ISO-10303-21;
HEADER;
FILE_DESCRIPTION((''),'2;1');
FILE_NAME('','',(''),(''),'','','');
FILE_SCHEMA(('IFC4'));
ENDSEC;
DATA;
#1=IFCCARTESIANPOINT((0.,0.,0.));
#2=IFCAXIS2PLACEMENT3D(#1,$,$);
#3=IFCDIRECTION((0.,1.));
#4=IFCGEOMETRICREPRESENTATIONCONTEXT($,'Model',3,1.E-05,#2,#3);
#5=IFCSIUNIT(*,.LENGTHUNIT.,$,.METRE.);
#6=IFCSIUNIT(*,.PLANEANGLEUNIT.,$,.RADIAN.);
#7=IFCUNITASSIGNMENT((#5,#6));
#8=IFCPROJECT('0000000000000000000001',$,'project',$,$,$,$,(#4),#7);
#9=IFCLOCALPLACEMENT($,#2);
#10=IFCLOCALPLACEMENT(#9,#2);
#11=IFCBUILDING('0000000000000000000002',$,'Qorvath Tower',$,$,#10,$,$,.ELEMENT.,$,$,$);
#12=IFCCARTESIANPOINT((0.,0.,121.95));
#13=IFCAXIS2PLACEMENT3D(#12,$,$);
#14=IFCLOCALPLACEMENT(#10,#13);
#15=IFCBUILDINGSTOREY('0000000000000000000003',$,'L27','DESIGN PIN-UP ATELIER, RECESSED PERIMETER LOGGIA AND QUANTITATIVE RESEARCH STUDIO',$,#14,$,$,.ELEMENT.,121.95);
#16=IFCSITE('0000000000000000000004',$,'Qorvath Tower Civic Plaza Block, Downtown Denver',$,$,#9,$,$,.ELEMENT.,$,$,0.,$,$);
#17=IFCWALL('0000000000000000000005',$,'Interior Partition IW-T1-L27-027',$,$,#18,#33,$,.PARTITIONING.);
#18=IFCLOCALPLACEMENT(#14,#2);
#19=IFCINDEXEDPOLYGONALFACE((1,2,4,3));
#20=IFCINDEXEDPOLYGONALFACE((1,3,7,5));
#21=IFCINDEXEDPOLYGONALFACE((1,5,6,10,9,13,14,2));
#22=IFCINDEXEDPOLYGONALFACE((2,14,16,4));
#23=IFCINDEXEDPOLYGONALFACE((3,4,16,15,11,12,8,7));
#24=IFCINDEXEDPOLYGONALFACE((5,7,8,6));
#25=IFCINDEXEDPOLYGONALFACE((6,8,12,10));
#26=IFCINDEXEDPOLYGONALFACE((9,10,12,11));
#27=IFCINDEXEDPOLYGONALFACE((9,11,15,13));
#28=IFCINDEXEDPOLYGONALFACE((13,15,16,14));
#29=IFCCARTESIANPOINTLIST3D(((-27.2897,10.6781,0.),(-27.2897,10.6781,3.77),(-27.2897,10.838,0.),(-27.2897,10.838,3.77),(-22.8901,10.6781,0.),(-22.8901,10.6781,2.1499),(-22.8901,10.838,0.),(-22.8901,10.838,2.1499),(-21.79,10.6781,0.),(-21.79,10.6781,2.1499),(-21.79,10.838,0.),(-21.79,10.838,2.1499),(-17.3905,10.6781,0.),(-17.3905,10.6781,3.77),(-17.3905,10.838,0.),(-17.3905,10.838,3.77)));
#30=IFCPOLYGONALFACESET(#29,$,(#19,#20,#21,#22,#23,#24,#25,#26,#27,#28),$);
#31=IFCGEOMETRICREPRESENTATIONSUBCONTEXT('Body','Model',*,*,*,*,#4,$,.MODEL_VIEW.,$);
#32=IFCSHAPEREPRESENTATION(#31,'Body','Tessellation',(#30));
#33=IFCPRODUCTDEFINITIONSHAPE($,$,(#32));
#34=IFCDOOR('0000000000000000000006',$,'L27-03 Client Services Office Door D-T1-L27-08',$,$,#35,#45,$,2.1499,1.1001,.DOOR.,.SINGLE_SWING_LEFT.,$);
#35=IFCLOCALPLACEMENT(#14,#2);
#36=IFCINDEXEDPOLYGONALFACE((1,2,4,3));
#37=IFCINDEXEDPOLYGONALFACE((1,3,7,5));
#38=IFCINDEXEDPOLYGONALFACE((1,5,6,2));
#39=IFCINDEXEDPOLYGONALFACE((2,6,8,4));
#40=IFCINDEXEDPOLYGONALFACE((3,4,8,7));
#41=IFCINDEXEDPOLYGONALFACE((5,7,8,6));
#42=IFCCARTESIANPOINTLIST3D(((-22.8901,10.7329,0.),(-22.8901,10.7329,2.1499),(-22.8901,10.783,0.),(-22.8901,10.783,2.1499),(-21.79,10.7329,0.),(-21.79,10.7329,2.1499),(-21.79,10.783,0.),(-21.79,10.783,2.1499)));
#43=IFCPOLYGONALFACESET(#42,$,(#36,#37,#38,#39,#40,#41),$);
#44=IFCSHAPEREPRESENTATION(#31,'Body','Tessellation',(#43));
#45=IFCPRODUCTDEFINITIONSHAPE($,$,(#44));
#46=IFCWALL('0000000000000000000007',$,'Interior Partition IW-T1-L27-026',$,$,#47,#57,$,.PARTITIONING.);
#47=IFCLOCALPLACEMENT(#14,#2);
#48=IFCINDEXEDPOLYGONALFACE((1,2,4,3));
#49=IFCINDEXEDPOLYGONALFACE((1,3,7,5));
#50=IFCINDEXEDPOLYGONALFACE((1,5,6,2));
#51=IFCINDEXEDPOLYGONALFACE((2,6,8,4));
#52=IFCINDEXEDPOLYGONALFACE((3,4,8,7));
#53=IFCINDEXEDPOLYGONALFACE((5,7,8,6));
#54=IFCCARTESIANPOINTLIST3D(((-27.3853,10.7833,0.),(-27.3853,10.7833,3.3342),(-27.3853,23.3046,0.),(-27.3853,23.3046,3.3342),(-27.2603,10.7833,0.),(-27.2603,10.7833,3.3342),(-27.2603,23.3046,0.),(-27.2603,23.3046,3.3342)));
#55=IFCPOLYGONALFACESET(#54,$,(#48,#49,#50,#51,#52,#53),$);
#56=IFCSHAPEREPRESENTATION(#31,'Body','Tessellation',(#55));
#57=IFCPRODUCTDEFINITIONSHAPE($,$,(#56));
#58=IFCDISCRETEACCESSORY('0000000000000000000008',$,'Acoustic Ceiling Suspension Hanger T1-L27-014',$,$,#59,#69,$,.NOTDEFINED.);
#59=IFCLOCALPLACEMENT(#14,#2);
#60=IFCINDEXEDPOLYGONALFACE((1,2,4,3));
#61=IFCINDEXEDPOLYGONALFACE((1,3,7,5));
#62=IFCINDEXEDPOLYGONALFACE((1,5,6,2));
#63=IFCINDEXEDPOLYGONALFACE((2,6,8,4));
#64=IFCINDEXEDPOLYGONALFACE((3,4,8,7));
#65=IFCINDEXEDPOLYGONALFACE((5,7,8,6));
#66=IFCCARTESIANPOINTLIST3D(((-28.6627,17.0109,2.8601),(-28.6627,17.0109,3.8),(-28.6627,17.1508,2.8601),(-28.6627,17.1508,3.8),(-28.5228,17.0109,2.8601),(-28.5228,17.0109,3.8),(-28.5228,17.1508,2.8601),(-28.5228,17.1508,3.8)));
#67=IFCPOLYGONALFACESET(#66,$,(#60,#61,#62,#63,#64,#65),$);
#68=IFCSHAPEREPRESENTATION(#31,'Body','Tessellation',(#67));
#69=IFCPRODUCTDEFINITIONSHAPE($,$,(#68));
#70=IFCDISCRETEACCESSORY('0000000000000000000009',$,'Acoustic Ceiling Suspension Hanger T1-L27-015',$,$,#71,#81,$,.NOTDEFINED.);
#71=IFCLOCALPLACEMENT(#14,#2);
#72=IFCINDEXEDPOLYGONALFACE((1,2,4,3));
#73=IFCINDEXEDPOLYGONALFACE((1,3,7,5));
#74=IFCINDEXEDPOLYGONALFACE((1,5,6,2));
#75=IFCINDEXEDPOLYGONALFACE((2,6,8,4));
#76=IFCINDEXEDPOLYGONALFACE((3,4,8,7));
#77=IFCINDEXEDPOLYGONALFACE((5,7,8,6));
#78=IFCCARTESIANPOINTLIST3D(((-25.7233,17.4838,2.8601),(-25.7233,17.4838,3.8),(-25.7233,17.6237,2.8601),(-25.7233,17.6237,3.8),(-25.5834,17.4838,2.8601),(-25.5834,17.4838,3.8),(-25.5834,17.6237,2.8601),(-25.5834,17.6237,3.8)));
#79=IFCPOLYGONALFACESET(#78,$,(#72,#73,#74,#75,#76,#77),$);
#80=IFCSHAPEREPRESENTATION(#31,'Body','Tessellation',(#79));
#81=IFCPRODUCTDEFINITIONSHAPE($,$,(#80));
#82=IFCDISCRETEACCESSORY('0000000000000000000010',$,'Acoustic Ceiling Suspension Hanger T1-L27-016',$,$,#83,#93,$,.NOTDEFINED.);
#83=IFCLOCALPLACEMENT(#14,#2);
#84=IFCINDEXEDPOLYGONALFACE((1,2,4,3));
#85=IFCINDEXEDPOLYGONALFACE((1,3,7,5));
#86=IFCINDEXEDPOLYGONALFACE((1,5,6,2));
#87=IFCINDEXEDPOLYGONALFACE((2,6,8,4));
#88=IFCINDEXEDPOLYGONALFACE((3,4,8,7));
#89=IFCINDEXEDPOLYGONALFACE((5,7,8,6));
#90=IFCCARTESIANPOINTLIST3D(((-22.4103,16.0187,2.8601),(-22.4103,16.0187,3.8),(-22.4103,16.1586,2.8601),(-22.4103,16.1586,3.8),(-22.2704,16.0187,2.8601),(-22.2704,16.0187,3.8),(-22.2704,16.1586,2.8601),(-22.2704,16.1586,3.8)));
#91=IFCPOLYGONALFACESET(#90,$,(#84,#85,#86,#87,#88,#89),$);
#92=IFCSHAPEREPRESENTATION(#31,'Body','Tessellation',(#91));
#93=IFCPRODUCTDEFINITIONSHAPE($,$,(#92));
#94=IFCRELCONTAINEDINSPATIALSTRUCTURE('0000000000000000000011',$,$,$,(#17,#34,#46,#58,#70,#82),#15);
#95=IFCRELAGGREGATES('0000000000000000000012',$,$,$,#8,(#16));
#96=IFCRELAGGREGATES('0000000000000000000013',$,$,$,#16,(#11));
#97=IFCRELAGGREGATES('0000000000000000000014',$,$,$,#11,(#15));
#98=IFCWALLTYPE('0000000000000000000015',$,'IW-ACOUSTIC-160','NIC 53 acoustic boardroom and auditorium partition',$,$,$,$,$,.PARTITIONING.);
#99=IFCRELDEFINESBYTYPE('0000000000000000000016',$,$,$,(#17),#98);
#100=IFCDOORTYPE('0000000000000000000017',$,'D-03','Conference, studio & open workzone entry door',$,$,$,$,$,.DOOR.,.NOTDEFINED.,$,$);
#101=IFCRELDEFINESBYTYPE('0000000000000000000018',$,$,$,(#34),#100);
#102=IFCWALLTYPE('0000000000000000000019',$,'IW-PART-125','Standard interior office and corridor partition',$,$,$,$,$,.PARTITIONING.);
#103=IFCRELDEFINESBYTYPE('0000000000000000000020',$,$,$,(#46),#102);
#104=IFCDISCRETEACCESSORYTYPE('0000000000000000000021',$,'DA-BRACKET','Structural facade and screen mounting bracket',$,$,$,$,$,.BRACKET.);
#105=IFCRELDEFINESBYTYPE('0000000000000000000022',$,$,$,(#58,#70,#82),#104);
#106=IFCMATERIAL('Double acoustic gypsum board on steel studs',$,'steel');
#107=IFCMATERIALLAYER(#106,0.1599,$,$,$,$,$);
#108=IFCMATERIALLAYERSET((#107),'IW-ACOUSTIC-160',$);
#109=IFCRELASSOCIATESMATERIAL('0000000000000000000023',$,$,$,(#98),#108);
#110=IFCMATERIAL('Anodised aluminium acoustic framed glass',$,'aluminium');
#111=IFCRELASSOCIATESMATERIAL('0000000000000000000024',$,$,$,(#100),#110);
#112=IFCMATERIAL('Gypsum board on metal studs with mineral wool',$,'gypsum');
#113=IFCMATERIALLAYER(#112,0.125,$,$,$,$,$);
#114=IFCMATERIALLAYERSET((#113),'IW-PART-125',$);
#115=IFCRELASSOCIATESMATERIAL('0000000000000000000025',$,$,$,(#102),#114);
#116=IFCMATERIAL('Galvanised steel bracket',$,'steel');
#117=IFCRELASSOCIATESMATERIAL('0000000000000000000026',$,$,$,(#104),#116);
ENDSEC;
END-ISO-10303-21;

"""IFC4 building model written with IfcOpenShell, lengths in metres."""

from ifc_helpers import new_model, si_unit, direction, frame, frame_2d, origin, origin_2d, place, context, subcontext, project, spatial, rectangle, extrude, material, layer, layer_set, type_object, element, fill, save


model = new_model("IFC4")

# Units and contexts
model_context = context("Model", 3, precision=1e-05, world=origin(), true_north=direction((0.0, 1.0)))
body_context = subcontext(model_context, "Body", "Model", "MODEL_VIEW")
ifc_project = project(units=[si_unit("LENGTHUNIT", "METRE"), si_unit("PLANEANGLEUNIT", "RADIAN")], contexts=[model_context])

# Site, building, storey
site_placement = place(None, origin())
site = spatial("IfcSite", under=ifc_project, at=site_placement, Name="Qorvath Tower Civic Plaza Block, Downtown Denver", CompositionType="ELEMENT", RefElevation=0.0)
building_placement = place(site_placement, origin())
building = spatial("IfcBuilding", under=site, at=building_placement, Name="Qorvath Tower", CompositionType="ELEMENT")
storey_placement = place(building_placement, frame((0.0, 0.0, 121.95)))
storey = spatial("IfcBuildingStorey", under=building, at=storey_placement, Name="L27", Description="DESIGN PIN-UP ATELIER, RECESSED PERIMETER LOGGIA AND QUANTITATIVE RESEARCH STUDIO", CompositionType="ELEMENT", Elevation=121.95)

# Wall, opening, door
ifc_material_1 = material(Name="Double acoustic gypsum board on steel studs", Category="steel")
ifc_layer_1 = layer(ifc_material_1, 0.1599)
ifc_layer_set_1 = layer_set([ifc_layer_1], Name="IW-ACOUSTIC-160")
wall_type_1 = type_object("IfcWallType", Name="IW-ACOUSTIC-160", Description="NIC 53 acoustic boardroom and auditorium partition", PredefinedType="PARTITIONING", material=ifc_layer_set_1)
wall_1_placement = place(storey_placement, frame((-27.2898, 10.7581, 0.0), z_axis=(0.0, 0.0, 1.0), x_axis=(1.0, 0.0, 0.0)))
wall_1 = element("IfcWall", 1, at=wall_1_placement, inside=storey, type_object=wall_type_1, Name="Interior Partition IW-T1-L27-027", PredefinedType="PARTITIONING", context=body_context, shape_type="SweptSolid", body=[
    extrude(rectangle(XDim=9.8992, YDim=0.1599, at=frame_2d((4.9497, 0.0))), origin(), (0.0, 0.0, 1.0), 3.77),
])
opening_placement = place(wall_1_placement, frame((4.3997, 0.0, 0.0)))
opening = element("IfcOpeningElement", 2, at=opening_placement, cuts=wall_1, PredefinedType="OPENING", context=body_context, shape_type="SweptSolid", body=[
    extrude(rectangle(XDim=1.1001, YDim=2.1499, at=frame_2d((0.55, 1.075))), frame((0.0, 0.0898, 0.0), z_axis=(0.0, -1.0, 0.0), x_axis=(1.0, 0.0, 0.0)), (0.0, 0.0, 1.0), 0.1799),
])
ifc_material_2 = material(Name="Anodised aluminium acoustic framed glass", Category="aluminium")
door_type = type_object("IfcDoorType", Name="D-03", Description="Conference, studio & open workzone entry door", OperationType="NOTDEFINED", PredefinedType="DOOR", material=ifc_material_2)
door_placement = place(opening_placement, origin())
door = element("IfcDoor", 3, at=door_placement, inside=storey, type_object=door_type, Name="L27-03 Client Services Office Door D-T1-L27-08", OperationType="SINGLE_SWING_LEFT", OverallHeight=2.1499, OverallWidth=1.1001, PredefinedType="DOOR", context=body_context, shape_type="SweptSolid", body=[
    extrude(rectangle(XDim=1.1001, YDim=2.1499, at=frame_2d((0.55, 1.075))), frame((0.0, 0.0249, 0.0), z_axis=(0.0, -1.0, 0.0), x_axis=(1.0, 0.0, 0.0)), (0.0, 0.0, 1.0), 0.05),
])
fill(opening, door)

# Wall
ifc_material_3 = material(Name="Gypsum board on metal studs with mineral wool", Category="gypsum")
ifc_layer_2 = layer(ifc_material_3, 0.125)
ifc_layer_set_2 = layer_set([ifc_layer_2], Name="IW-PART-125")
wall_type_2 = type_object("IfcWallType", Name="IW-PART-125", Description="Standard interior office and corridor partition", PredefinedType="PARTITIONING", material=ifc_layer_set_2)
wall_2_placement = place(storey_placement, frame((-27.3228, 10.7832, 0.0), z_axis=(0.0, 0.0, 1.0), x_axis=(0.0, 1.0, 0.0)))
element("IfcWall", 4, at=wall_2_placement, inside=storey, type_object=wall_type_2, Name="Interior Partition IW-T1-L27-026", PredefinedType="PARTITIONING", context=body_context, shape_type="SweptSolid", body=[
    extrude(rectangle(XDim=12.5212, YDim=0.125, at=frame_2d((6.2607, 0.0))), origin(), (0.0, 0.0, 1.0), 3.3342),
])

# Discrete accessories
ifc_material_4 = material(Name="Galvanised steel bracket", Category="steel")
discrete_accessory_type = type_object("IfcDiscreteAccessoryType", Name="DA-BRACKET", Description="Structural facade and screen mounting bracket", PredefinedType="BRACKET", material=ifc_material_4)
for number, where, z_axis, x_axis, name in (
    (5, (-28.5928, 17.0808, 2.8601), (0.0, 0.0, 1.0), (1.0, 0.0, 0.0), "Acoustic Ceiling Suspension Hanger T1-L27-014"),
    (6, (-25.6533, 17.5537, 2.8601), (0.0, 0.0, 1.0), (1.0, 0.0, 0.0), "Acoustic Ceiling Suspension Hanger T1-L27-015"),
    (7, (-22.3403, 16.0886, 2.8601), (0.0, 0.0, 1.0), (1.0, 0.0, 0.0), "Acoustic Ceiling Suspension Hanger T1-L27-016"),
):
    element("IfcDiscreteAccessory", number, at=place(storey_placement, frame(where, z_axis=z_axis, x_axis=x_axis)), inside=storey, type_object=discrete_accessory_type, Name=name, PredefinedType="NOTDEFINED", context=body_context, shape_type="SweptSolid", body=[
        extrude(rectangle(XDim=0.1399, YDim=0.1399, at=origin_2d()), origin(), (0.0, 0.0, 1.0), 0.9399),
    ])

save(model, "model.ifc")
